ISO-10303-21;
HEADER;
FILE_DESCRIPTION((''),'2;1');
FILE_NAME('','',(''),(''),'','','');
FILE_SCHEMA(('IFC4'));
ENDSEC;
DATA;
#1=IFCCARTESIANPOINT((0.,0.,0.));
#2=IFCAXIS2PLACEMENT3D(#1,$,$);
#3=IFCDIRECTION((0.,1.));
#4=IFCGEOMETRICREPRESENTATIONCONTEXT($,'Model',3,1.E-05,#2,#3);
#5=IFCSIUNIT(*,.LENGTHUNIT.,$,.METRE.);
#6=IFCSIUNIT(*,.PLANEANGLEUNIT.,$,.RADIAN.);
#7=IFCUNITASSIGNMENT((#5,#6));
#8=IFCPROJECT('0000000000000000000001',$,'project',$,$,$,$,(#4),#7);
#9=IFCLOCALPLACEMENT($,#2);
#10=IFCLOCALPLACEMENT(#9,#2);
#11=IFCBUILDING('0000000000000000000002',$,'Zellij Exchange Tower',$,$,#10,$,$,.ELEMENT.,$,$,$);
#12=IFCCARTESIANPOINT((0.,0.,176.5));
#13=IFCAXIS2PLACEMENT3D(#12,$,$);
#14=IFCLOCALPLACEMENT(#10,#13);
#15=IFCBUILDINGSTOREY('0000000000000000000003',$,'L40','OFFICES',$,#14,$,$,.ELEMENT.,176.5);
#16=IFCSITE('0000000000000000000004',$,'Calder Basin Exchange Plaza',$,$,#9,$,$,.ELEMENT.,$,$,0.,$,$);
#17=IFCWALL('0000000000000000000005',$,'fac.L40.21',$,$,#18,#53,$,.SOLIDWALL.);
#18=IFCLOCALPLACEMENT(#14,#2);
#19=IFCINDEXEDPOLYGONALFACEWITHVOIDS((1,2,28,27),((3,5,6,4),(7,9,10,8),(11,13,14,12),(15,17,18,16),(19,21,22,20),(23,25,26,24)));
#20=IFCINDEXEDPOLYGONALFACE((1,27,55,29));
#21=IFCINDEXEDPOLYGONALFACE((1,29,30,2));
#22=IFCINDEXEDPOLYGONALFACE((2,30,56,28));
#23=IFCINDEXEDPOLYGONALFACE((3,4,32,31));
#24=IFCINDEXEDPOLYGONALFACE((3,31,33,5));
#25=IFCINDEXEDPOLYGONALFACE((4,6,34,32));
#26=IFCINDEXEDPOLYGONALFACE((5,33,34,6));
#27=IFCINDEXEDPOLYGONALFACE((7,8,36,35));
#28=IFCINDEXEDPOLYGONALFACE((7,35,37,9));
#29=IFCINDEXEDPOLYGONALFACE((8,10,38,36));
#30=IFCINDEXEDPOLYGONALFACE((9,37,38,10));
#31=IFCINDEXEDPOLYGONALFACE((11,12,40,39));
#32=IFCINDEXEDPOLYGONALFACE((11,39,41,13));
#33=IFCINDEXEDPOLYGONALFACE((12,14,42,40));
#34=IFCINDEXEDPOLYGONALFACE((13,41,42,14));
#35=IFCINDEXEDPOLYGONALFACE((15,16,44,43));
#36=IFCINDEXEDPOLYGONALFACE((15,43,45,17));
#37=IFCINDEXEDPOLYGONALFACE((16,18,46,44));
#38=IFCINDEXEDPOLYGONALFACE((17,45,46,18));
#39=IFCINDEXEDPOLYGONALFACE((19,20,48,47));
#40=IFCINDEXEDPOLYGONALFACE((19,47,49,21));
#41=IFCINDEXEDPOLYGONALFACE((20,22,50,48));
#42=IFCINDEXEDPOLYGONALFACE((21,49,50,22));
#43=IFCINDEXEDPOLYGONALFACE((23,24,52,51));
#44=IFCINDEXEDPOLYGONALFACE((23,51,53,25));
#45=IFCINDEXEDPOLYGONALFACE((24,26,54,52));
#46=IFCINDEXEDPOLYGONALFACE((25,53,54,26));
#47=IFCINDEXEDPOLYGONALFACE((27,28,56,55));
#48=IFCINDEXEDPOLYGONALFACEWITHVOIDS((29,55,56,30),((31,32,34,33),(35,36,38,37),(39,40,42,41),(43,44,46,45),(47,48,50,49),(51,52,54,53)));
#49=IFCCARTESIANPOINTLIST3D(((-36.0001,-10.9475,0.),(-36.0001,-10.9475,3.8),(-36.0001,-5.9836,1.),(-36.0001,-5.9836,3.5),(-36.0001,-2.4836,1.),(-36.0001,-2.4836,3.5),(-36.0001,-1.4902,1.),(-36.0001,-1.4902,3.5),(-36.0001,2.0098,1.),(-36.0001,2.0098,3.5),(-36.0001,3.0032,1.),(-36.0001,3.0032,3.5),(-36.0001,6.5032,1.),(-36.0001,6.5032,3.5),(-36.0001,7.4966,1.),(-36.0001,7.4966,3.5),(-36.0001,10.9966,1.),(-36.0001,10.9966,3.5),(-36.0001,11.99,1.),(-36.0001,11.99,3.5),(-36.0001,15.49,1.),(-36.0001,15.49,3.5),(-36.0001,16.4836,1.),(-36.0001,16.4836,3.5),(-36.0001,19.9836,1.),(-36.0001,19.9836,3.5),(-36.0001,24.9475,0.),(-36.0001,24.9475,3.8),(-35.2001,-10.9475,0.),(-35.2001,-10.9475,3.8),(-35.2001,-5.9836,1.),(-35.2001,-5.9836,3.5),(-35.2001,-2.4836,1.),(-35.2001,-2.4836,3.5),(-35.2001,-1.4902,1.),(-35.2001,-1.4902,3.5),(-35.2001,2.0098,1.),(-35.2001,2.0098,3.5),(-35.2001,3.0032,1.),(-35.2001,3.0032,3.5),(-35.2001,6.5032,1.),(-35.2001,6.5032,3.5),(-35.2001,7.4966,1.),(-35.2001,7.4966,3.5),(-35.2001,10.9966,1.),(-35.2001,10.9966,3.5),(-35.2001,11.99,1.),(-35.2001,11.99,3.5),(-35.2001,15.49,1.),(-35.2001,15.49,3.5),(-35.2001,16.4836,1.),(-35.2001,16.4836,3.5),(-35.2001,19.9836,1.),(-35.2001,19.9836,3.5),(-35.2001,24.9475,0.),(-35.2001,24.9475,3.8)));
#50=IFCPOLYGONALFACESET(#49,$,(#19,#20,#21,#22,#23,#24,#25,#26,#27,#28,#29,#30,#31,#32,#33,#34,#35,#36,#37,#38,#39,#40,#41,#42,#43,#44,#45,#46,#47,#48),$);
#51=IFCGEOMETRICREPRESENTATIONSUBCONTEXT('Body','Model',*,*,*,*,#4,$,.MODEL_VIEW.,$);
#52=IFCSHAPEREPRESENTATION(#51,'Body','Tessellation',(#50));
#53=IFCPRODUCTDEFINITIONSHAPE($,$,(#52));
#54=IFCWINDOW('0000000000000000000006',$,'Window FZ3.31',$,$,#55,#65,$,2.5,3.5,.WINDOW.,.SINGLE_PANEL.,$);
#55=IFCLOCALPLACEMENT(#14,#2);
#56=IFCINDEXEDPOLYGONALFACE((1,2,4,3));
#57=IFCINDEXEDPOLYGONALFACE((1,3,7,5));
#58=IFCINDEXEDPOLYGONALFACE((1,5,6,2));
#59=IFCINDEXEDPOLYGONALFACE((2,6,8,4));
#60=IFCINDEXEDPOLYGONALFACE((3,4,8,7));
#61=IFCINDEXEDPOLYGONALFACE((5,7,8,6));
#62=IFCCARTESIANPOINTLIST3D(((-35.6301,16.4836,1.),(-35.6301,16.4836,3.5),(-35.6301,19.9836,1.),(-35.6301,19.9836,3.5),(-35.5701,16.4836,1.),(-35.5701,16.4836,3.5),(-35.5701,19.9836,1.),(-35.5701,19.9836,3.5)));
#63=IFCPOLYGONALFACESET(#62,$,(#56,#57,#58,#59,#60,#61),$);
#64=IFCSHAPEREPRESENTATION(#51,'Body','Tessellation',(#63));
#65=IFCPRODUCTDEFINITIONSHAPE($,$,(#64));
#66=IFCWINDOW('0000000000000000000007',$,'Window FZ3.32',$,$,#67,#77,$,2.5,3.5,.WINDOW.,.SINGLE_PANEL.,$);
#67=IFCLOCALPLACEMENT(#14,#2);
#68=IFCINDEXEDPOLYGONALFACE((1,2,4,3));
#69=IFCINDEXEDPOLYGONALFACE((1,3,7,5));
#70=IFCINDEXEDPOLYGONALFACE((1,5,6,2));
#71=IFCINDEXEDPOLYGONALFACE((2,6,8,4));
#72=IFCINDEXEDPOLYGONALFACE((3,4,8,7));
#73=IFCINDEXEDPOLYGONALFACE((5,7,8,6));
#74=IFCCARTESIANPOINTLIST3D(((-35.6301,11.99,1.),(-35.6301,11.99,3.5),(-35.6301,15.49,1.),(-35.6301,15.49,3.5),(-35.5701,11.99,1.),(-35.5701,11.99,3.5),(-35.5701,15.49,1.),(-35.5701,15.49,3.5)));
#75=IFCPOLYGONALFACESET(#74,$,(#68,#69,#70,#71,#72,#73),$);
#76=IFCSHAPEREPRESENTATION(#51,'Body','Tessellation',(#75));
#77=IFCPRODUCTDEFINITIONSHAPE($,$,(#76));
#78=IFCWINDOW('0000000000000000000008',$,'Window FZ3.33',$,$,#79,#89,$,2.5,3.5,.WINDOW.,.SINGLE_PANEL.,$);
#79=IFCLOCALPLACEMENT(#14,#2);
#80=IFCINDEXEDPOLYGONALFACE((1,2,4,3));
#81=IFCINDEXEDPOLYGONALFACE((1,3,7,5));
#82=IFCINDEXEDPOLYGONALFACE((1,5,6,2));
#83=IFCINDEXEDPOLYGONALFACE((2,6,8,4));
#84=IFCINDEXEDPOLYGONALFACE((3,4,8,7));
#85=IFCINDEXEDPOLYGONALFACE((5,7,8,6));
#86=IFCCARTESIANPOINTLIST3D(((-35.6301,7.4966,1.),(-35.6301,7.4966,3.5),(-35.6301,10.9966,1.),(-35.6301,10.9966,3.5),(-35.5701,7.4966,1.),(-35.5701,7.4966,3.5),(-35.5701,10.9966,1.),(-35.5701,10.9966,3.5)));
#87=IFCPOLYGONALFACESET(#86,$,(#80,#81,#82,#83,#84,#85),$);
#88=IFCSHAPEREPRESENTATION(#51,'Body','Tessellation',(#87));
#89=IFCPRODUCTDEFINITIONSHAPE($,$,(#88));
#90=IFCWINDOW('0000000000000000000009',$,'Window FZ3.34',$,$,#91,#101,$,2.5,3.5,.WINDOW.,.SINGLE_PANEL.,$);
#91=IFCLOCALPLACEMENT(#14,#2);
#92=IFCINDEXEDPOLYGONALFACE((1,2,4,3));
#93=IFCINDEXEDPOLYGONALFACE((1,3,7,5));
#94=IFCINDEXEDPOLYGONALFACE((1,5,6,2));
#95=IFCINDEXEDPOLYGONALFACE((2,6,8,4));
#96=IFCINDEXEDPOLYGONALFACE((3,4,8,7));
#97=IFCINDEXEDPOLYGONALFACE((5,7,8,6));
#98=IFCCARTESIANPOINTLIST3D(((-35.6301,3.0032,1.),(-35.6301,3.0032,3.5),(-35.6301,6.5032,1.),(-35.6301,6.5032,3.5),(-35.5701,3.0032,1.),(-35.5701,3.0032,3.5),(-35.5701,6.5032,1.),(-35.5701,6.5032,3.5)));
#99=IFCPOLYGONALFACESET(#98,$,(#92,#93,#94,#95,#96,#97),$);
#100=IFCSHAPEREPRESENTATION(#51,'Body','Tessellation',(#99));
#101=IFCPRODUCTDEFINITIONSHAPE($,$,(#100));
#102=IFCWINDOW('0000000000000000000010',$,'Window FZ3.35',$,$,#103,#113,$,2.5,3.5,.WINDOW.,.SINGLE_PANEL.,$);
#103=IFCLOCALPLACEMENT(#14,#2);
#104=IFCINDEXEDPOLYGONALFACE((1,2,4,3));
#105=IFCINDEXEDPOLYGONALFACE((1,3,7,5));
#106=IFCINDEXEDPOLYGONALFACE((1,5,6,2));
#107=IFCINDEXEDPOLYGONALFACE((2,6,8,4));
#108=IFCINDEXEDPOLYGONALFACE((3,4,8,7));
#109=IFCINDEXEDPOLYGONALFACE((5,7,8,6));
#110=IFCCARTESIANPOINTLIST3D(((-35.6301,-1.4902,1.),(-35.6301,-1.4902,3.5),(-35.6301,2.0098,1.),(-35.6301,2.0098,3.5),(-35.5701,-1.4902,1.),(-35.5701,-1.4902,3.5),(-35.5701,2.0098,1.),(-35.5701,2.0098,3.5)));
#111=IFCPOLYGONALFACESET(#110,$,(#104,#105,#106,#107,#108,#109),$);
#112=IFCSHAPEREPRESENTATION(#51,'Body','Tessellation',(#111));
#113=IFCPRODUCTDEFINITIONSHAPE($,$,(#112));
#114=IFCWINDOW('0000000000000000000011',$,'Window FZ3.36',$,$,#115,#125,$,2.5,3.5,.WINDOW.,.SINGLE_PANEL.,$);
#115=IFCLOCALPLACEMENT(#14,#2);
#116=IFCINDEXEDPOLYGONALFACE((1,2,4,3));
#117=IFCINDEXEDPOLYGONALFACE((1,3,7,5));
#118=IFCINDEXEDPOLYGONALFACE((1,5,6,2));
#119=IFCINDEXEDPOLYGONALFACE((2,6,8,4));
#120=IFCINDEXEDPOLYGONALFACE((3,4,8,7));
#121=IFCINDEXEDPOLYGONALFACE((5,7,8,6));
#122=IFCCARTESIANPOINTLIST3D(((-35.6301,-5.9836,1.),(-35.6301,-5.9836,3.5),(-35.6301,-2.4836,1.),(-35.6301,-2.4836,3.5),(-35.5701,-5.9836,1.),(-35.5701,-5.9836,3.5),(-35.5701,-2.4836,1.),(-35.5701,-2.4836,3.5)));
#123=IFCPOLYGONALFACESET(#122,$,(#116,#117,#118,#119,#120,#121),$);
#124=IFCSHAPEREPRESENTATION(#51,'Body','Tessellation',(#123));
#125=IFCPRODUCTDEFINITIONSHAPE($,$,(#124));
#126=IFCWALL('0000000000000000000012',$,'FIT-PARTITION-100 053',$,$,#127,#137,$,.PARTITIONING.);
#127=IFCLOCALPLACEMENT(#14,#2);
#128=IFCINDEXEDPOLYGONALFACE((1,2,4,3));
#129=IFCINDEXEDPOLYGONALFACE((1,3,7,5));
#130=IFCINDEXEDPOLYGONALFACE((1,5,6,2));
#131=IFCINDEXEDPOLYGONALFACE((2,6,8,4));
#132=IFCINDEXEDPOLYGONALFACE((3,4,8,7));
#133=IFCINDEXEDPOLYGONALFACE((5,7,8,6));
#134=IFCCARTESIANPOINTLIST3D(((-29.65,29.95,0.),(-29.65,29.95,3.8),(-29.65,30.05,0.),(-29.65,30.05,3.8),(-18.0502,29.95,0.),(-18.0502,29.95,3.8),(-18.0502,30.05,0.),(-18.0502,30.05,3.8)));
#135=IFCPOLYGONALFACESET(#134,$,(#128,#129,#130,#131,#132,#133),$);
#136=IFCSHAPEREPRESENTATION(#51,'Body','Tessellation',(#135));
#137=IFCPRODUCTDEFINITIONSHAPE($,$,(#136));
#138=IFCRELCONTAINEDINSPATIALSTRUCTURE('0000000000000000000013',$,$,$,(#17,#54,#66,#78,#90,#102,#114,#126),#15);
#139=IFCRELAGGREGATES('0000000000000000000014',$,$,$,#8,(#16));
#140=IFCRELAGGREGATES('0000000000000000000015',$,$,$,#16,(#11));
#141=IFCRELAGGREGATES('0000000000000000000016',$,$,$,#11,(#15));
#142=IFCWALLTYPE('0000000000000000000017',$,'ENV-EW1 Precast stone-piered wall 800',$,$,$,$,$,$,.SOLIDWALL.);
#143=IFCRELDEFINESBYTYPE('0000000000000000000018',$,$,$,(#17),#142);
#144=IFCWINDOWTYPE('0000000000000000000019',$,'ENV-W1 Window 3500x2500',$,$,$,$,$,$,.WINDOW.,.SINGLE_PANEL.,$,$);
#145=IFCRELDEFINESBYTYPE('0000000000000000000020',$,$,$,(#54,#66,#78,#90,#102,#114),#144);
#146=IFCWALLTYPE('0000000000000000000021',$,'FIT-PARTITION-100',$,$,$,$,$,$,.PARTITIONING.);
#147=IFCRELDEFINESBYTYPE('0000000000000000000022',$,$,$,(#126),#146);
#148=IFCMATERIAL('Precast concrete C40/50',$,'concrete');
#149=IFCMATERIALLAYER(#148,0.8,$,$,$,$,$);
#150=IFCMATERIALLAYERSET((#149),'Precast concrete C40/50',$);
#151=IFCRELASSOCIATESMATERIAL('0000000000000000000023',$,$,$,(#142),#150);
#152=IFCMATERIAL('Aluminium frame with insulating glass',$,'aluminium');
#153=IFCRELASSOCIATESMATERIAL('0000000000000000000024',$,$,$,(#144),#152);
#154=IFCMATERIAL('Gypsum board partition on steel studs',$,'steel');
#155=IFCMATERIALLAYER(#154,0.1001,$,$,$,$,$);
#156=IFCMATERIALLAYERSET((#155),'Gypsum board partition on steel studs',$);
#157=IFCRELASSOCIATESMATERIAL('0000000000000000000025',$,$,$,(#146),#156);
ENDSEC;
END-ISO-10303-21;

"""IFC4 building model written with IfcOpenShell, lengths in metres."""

from ifc_helpers import new_model, si_unit, direction, frame, frame_2d, origin, place, context, subcontext, project, spatial, rectangle, extrude, material, layer, layer_set, type_object, element, fill, save


model = new_model("IFC4")

# Units and contexts
model_context = context("Model", 3, precision=1e-05, world=origin(), true_north=direction((0.0, 1.0)))
body_context = subcontext(model_context, "Body", "Model", "MODEL_VIEW")
ifc_project = project(units=[si_unit("LENGTHUNIT", "METRE"), si_unit("PLANEANGLEUNIT", "RADIAN")], contexts=[model_context])

# Site, building, storey
site_placement = place(None, origin())
site = spatial("IfcSite", under=ifc_project, at=site_placement, Name="Calder Basin Exchange Plaza", CompositionType="ELEMENT", RefElevation=0.0)
building_placement = place(site_placement, origin())
building = spatial("IfcBuilding", under=site, at=building_placement, Name="Zellij Exchange Tower", CompositionType="ELEMENT")
storey_placement = place(building_placement, frame((0.0, 0.0, 176.5)))
storey = spatial("IfcBuildingStorey", under=building, at=storey_placement, Name="L40", Description="OFFICES", CompositionType="ELEMENT", Elevation=176.5)

# Shared definitions
ifc_material_1 = material(Name="Precast concrete C40/50", Category="concrete")
ifc_layer_1 = layer(ifc_material_1, 0.8)
ifc_layer_set_1 = layer_set([ifc_layer_1], Name="Precast concrete C40/50")
wall_type_1 = type_object("IfcWallType", Name="ENV-EW1 Precast stone-piered wall 800", PredefinedType="SOLIDWALL", material=ifc_layer_set_1)

# Wall, openings, windows
wall_1_placement = place(storey_placement, frame((-35.6001, 24.9475, 0.0), z_axis=(0.0, 0.0, 1.0), x_axis=(0.0, -1.0, 0.0)))
wall_1 = element("IfcWall", 1, at=wall_1_placement, inside=storey, type_object=wall_type_1, Name="fac.L40.21", PredefinedType="SOLIDWALL", context=body_context, shape_type="SweptSolid", body=[
    extrude(rectangle(XDim=35.895, YDim=0.8, at=frame_2d((17.9475, 0.0))), origin(), (0.0, 0.0, 1.0), 3.8),
])
opening_1_placement = place(wall_1_placement, frame((4.9639, 0.0, 1.0)))
opening_1 = element("IfcOpeningElement", 2, at=opening_1_placement, cuts=wall_1, PredefinedType="OPENING", context=body_context, shape_type="SweptSolid", body=[
    extrude(rectangle(XDim=3.5, YDim=2.5, at=frame_2d((1.75, 1.25))), frame((0.0, 0.4121, 0.0), z_axis=(0.0, -1.0, 0.0), x_axis=(1.0, 0.0, 0.0)), (0.0, 0.0, 1.0), 0.824),
])
opening_2_placement = place(wall_1_placement, frame((9.4575, 0.0, 1.0)))
opening_2 = element("IfcOpeningElement", 3, at=opening_2_placement, cuts=wall_1, PredefinedType="OPENING", context=body_context, shape_type="SweptSolid", body=[
    extrude(rectangle(XDim=3.5, YDim=2.5, at=frame_2d((1.75, 1.25))), frame((0.0, 0.4121, 0.0), z_axis=(0.0, -1.0, 0.0), x_axis=(1.0, 0.0, 0.0)), (0.0, 0.0, 1.0), 0.824),
])
opening_3_placement = place(wall_1_placement, frame((13.9509, 0.0, 1.0)))
opening_3 = element("IfcOpeningElement", 4, at=opening_3_placement, cuts=wall_1, PredefinedType="OPENING", context=body_context, shape_type="SweptSolid", body=[
    extrude(rectangle(XDim=3.5, YDim=2.5, at=frame_2d((1.75, 1.25))), frame((0.0, 0.4121, 0.0), z_axis=(0.0, -1.0, 0.0), x_axis=(1.0, 0.0, 0.0)), (0.0, 0.0, 1.0), 0.824),
])
opening_4_placement = place(wall_1_placement, frame((18.4443, 0.0, 1.0)))
opening_4 = element("IfcOpeningElement", 5, at=opening_4_placement, cuts=wall_1, PredefinedType="OPENING", context=body_context, shape_type="SweptSolid", body=[
    extrude(rectangle(XDim=3.5, YDim=2.5, at=frame_2d((1.75, 1.25))), frame((0.0, 0.4121, 0.0), z_axis=(0.0, -1.0, 0.0), x_axis=(1.0, 0.0, 0.0)), (0.0, 0.0, 1.0), 0.824),
])
opening_5_placement = place(wall_1_placement, frame((22.9377, 0.0, 1.0)))
opening_5 = element("IfcOpeningElement", 6, at=opening_5_placement, cuts=wall_1, PredefinedType="OPENING", context=body_context, shape_type="SweptSolid", body=[
    extrude(rectangle(XDim=3.5, YDim=2.5, at=frame_2d((1.75, 1.25))), frame((0.0, 0.4121, 0.0), z_axis=(0.0, -1.0, 0.0), x_axis=(1.0, 0.0, 0.0)), (0.0, 0.0, 1.0), 0.824),
])
opening_6_placement = place(wall_1_placement, frame((27.4312, 0.0, 1.0)))
opening_6 = element("IfcOpeningElement", 7, at=opening_6_placement, cuts=wall_1, PredefinedType="OPENING", context=body_context, shape_type="SweptSolid", body=[
    extrude(rectangle(XDim=3.5, YDim=2.5, at=frame_2d((1.75, 1.25))), frame((0.0, 0.4121, 0.0), z_axis=(0.0, -1.0, 0.0), x_axis=(1.0, 0.0, 0.0)), (0.0, 0.0, 1.0), 0.824),
])
ifc_material_2 = material(Name="Aluminium frame with insulating glass", Category="aluminium")
window_type = type_object("IfcWindowType", Name="ENV-W1 Window 3500x2500", PartitioningType="SINGLE_PANEL", PredefinedType="WINDOW", material=ifc_material_2)
window_1_placement = place(opening_1_placement, origin())
window_1 = element("IfcWindow", 8, at=window_1_placement, inside=storey, type_object=window_type, Name="Window FZ3.31", OverallHeight=2.5, OverallWidth=3.5, PartitioningType="SINGLE_PANEL", PredefinedType="WINDOW", context=body_context, shape_type="SweptSolid", body=[
    extrude(rectangle(XDim=3.5, YDim=2.5, at=frame_2d((1.75, 1.25))), frame((0.0, 0.03, 0.0), z_axis=(0.0, -1.0, 0.0), x_axis=(1.0, 0.0, 0.0)), (0.0, 0.0, 1.0), 0.0601),
])
fill(opening_1, window_1)
window_2_placement = place(opening_2_placement, origin())
window_2 = element("IfcWindow", 9, at=window_2_placement, inside=storey, type_object=window_type, Name="Window FZ3.32", OverallHeight=2.5, OverallWidth=3.5, PartitioningType="SINGLE_PANEL", PredefinedType="WINDOW", context=body_context, shape_type="SweptSolid", body=[
    extrude(rectangle(XDim=3.5, YDim=2.5, at=frame_2d((1.75, 1.25))), frame((0.0, 0.03, 0.0), z_axis=(0.0, -1.0, 0.0), x_axis=(1.0, 0.0, 0.0)), (0.0, 0.0, 1.0), 0.0601),
])
fill(opening_2, window_2)
window_3_placement = place(opening_3_placement, origin())
window_3 = element("IfcWindow", 10, at=window_3_placement, inside=storey, type_object=window_type, Name="Window FZ3.33", OverallHeight=2.5, OverallWidth=3.5, PartitioningType="SINGLE_PANEL", PredefinedType="WINDOW", context=body_context, shape_type="SweptSolid", body=[
    extrude(rectangle(XDim=3.5, YDim=2.5, at=frame_2d((1.75, 1.25))), frame((0.0, 0.03, 0.0), z_axis=(0.0, -1.0, 0.0), x_axis=(1.0, 0.0, 0.0)), (0.0, 0.0, 1.0), 0.0601),
])
fill(opening_3, window_3)
window_4_placement = place(opening_4_placement, origin())
window_4 = element("IfcWindow", 11, at=window_4_placement, inside=storey, type_object=window_type, Name="Window FZ3.34", OverallHeight=2.5, OverallWidth=3.5, PartitioningType="SINGLE_PANEL", PredefinedType="WINDOW", context=body_context, shape_type="SweptSolid", body=[
    extrude(rectangle(XDim=3.5, YDim=2.5, at=frame_2d((1.75, 1.25))), frame((0.0, 0.03, 0.0), z_axis=(0.0, -1.0, 0.0), x_axis=(1.0, 0.0, 0.0)), (0.0, 0.0, 1.0), 0.0601),
])
fill(opening_4, window_4)
window_5_placement = place(opening_5_placement, origin())
window_5 = element("IfcWindow", 12, at=window_5_placement, inside=storey, type_object=window_type, Name="Window FZ3.35", OverallHeight=2.5, OverallWidth=3.5, PartitioningType="SINGLE_PANEL", PredefinedType="WINDOW", context=body_context, shape_type="SweptSolid", body=[
    extrude(rectangle(XDim=3.5, YDim=2.5, at=frame_2d((1.75, 1.25))), frame((0.0, 0.03, 0.0), z_axis=(0.0, -1.0, 0.0), x_axis=(1.0, 0.0, 0.0)), (0.0, 0.0, 1.0), 0.0601),
])
fill(opening_5, window_5)
window_6_placement = place(opening_6_placement, origin())
window_6 = element("IfcWindow", 13, at=window_6_placement, inside=storey, type_object=window_type, Name="Window FZ3.36", OverallHeight=2.5, OverallWidth=3.5, PartitioningType="SINGLE_PANEL", PredefinedType="WINDOW", context=body_context, shape_type="SweptSolid", body=[
    extrude(rectangle(XDim=3.5, YDim=2.5, at=frame_2d((1.75, 1.25))), frame((0.0, 0.03, 0.0), z_axis=(0.0, -1.0, 0.0), x_axis=(1.0, 0.0, 0.0)), (0.0, 0.0, 1.0), 0.0601),
])
fill(opening_6, window_6)

# Wall
ifc_material_3 = material(Name="Gypsum board partition on steel studs", Category="steel")
ifc_layer_2 = layer(ifc_material_3, 0.1001)
ifc_layer_set_2 = layer_set([ifc_layer_2], Name="Gypsum board partition on steel studs")
wall_type_2 = type_object("IfcWallType", Name="FIT-PARTITION-100", PredefinedType="PARTITIONING", material=ifc_layer_set_2)
wall_2_placement = place(storey_placement, frame((-29.6499, 30.0, 0.0), z_axis=(0.0, 0.0, 1.0), x_axis=(1.0, 0.0, 0.0)))
element("IfcWall", 14, at=wall_2_placement, inside=storey, type_object=wall_type_2, Name="FIT-PARTITION-100 053", PredefinedType="PARTITIONING", context=body_context, shape_type="SweptSolid", body=[
    extrude(rectangle(XDim=11.5999, YDim=0.1001, at=frame_2d((5.7998, 0.0))), origin(), (0.0, 0.0, 1.0), 3.8),
])

save(model, "model.ifc")
